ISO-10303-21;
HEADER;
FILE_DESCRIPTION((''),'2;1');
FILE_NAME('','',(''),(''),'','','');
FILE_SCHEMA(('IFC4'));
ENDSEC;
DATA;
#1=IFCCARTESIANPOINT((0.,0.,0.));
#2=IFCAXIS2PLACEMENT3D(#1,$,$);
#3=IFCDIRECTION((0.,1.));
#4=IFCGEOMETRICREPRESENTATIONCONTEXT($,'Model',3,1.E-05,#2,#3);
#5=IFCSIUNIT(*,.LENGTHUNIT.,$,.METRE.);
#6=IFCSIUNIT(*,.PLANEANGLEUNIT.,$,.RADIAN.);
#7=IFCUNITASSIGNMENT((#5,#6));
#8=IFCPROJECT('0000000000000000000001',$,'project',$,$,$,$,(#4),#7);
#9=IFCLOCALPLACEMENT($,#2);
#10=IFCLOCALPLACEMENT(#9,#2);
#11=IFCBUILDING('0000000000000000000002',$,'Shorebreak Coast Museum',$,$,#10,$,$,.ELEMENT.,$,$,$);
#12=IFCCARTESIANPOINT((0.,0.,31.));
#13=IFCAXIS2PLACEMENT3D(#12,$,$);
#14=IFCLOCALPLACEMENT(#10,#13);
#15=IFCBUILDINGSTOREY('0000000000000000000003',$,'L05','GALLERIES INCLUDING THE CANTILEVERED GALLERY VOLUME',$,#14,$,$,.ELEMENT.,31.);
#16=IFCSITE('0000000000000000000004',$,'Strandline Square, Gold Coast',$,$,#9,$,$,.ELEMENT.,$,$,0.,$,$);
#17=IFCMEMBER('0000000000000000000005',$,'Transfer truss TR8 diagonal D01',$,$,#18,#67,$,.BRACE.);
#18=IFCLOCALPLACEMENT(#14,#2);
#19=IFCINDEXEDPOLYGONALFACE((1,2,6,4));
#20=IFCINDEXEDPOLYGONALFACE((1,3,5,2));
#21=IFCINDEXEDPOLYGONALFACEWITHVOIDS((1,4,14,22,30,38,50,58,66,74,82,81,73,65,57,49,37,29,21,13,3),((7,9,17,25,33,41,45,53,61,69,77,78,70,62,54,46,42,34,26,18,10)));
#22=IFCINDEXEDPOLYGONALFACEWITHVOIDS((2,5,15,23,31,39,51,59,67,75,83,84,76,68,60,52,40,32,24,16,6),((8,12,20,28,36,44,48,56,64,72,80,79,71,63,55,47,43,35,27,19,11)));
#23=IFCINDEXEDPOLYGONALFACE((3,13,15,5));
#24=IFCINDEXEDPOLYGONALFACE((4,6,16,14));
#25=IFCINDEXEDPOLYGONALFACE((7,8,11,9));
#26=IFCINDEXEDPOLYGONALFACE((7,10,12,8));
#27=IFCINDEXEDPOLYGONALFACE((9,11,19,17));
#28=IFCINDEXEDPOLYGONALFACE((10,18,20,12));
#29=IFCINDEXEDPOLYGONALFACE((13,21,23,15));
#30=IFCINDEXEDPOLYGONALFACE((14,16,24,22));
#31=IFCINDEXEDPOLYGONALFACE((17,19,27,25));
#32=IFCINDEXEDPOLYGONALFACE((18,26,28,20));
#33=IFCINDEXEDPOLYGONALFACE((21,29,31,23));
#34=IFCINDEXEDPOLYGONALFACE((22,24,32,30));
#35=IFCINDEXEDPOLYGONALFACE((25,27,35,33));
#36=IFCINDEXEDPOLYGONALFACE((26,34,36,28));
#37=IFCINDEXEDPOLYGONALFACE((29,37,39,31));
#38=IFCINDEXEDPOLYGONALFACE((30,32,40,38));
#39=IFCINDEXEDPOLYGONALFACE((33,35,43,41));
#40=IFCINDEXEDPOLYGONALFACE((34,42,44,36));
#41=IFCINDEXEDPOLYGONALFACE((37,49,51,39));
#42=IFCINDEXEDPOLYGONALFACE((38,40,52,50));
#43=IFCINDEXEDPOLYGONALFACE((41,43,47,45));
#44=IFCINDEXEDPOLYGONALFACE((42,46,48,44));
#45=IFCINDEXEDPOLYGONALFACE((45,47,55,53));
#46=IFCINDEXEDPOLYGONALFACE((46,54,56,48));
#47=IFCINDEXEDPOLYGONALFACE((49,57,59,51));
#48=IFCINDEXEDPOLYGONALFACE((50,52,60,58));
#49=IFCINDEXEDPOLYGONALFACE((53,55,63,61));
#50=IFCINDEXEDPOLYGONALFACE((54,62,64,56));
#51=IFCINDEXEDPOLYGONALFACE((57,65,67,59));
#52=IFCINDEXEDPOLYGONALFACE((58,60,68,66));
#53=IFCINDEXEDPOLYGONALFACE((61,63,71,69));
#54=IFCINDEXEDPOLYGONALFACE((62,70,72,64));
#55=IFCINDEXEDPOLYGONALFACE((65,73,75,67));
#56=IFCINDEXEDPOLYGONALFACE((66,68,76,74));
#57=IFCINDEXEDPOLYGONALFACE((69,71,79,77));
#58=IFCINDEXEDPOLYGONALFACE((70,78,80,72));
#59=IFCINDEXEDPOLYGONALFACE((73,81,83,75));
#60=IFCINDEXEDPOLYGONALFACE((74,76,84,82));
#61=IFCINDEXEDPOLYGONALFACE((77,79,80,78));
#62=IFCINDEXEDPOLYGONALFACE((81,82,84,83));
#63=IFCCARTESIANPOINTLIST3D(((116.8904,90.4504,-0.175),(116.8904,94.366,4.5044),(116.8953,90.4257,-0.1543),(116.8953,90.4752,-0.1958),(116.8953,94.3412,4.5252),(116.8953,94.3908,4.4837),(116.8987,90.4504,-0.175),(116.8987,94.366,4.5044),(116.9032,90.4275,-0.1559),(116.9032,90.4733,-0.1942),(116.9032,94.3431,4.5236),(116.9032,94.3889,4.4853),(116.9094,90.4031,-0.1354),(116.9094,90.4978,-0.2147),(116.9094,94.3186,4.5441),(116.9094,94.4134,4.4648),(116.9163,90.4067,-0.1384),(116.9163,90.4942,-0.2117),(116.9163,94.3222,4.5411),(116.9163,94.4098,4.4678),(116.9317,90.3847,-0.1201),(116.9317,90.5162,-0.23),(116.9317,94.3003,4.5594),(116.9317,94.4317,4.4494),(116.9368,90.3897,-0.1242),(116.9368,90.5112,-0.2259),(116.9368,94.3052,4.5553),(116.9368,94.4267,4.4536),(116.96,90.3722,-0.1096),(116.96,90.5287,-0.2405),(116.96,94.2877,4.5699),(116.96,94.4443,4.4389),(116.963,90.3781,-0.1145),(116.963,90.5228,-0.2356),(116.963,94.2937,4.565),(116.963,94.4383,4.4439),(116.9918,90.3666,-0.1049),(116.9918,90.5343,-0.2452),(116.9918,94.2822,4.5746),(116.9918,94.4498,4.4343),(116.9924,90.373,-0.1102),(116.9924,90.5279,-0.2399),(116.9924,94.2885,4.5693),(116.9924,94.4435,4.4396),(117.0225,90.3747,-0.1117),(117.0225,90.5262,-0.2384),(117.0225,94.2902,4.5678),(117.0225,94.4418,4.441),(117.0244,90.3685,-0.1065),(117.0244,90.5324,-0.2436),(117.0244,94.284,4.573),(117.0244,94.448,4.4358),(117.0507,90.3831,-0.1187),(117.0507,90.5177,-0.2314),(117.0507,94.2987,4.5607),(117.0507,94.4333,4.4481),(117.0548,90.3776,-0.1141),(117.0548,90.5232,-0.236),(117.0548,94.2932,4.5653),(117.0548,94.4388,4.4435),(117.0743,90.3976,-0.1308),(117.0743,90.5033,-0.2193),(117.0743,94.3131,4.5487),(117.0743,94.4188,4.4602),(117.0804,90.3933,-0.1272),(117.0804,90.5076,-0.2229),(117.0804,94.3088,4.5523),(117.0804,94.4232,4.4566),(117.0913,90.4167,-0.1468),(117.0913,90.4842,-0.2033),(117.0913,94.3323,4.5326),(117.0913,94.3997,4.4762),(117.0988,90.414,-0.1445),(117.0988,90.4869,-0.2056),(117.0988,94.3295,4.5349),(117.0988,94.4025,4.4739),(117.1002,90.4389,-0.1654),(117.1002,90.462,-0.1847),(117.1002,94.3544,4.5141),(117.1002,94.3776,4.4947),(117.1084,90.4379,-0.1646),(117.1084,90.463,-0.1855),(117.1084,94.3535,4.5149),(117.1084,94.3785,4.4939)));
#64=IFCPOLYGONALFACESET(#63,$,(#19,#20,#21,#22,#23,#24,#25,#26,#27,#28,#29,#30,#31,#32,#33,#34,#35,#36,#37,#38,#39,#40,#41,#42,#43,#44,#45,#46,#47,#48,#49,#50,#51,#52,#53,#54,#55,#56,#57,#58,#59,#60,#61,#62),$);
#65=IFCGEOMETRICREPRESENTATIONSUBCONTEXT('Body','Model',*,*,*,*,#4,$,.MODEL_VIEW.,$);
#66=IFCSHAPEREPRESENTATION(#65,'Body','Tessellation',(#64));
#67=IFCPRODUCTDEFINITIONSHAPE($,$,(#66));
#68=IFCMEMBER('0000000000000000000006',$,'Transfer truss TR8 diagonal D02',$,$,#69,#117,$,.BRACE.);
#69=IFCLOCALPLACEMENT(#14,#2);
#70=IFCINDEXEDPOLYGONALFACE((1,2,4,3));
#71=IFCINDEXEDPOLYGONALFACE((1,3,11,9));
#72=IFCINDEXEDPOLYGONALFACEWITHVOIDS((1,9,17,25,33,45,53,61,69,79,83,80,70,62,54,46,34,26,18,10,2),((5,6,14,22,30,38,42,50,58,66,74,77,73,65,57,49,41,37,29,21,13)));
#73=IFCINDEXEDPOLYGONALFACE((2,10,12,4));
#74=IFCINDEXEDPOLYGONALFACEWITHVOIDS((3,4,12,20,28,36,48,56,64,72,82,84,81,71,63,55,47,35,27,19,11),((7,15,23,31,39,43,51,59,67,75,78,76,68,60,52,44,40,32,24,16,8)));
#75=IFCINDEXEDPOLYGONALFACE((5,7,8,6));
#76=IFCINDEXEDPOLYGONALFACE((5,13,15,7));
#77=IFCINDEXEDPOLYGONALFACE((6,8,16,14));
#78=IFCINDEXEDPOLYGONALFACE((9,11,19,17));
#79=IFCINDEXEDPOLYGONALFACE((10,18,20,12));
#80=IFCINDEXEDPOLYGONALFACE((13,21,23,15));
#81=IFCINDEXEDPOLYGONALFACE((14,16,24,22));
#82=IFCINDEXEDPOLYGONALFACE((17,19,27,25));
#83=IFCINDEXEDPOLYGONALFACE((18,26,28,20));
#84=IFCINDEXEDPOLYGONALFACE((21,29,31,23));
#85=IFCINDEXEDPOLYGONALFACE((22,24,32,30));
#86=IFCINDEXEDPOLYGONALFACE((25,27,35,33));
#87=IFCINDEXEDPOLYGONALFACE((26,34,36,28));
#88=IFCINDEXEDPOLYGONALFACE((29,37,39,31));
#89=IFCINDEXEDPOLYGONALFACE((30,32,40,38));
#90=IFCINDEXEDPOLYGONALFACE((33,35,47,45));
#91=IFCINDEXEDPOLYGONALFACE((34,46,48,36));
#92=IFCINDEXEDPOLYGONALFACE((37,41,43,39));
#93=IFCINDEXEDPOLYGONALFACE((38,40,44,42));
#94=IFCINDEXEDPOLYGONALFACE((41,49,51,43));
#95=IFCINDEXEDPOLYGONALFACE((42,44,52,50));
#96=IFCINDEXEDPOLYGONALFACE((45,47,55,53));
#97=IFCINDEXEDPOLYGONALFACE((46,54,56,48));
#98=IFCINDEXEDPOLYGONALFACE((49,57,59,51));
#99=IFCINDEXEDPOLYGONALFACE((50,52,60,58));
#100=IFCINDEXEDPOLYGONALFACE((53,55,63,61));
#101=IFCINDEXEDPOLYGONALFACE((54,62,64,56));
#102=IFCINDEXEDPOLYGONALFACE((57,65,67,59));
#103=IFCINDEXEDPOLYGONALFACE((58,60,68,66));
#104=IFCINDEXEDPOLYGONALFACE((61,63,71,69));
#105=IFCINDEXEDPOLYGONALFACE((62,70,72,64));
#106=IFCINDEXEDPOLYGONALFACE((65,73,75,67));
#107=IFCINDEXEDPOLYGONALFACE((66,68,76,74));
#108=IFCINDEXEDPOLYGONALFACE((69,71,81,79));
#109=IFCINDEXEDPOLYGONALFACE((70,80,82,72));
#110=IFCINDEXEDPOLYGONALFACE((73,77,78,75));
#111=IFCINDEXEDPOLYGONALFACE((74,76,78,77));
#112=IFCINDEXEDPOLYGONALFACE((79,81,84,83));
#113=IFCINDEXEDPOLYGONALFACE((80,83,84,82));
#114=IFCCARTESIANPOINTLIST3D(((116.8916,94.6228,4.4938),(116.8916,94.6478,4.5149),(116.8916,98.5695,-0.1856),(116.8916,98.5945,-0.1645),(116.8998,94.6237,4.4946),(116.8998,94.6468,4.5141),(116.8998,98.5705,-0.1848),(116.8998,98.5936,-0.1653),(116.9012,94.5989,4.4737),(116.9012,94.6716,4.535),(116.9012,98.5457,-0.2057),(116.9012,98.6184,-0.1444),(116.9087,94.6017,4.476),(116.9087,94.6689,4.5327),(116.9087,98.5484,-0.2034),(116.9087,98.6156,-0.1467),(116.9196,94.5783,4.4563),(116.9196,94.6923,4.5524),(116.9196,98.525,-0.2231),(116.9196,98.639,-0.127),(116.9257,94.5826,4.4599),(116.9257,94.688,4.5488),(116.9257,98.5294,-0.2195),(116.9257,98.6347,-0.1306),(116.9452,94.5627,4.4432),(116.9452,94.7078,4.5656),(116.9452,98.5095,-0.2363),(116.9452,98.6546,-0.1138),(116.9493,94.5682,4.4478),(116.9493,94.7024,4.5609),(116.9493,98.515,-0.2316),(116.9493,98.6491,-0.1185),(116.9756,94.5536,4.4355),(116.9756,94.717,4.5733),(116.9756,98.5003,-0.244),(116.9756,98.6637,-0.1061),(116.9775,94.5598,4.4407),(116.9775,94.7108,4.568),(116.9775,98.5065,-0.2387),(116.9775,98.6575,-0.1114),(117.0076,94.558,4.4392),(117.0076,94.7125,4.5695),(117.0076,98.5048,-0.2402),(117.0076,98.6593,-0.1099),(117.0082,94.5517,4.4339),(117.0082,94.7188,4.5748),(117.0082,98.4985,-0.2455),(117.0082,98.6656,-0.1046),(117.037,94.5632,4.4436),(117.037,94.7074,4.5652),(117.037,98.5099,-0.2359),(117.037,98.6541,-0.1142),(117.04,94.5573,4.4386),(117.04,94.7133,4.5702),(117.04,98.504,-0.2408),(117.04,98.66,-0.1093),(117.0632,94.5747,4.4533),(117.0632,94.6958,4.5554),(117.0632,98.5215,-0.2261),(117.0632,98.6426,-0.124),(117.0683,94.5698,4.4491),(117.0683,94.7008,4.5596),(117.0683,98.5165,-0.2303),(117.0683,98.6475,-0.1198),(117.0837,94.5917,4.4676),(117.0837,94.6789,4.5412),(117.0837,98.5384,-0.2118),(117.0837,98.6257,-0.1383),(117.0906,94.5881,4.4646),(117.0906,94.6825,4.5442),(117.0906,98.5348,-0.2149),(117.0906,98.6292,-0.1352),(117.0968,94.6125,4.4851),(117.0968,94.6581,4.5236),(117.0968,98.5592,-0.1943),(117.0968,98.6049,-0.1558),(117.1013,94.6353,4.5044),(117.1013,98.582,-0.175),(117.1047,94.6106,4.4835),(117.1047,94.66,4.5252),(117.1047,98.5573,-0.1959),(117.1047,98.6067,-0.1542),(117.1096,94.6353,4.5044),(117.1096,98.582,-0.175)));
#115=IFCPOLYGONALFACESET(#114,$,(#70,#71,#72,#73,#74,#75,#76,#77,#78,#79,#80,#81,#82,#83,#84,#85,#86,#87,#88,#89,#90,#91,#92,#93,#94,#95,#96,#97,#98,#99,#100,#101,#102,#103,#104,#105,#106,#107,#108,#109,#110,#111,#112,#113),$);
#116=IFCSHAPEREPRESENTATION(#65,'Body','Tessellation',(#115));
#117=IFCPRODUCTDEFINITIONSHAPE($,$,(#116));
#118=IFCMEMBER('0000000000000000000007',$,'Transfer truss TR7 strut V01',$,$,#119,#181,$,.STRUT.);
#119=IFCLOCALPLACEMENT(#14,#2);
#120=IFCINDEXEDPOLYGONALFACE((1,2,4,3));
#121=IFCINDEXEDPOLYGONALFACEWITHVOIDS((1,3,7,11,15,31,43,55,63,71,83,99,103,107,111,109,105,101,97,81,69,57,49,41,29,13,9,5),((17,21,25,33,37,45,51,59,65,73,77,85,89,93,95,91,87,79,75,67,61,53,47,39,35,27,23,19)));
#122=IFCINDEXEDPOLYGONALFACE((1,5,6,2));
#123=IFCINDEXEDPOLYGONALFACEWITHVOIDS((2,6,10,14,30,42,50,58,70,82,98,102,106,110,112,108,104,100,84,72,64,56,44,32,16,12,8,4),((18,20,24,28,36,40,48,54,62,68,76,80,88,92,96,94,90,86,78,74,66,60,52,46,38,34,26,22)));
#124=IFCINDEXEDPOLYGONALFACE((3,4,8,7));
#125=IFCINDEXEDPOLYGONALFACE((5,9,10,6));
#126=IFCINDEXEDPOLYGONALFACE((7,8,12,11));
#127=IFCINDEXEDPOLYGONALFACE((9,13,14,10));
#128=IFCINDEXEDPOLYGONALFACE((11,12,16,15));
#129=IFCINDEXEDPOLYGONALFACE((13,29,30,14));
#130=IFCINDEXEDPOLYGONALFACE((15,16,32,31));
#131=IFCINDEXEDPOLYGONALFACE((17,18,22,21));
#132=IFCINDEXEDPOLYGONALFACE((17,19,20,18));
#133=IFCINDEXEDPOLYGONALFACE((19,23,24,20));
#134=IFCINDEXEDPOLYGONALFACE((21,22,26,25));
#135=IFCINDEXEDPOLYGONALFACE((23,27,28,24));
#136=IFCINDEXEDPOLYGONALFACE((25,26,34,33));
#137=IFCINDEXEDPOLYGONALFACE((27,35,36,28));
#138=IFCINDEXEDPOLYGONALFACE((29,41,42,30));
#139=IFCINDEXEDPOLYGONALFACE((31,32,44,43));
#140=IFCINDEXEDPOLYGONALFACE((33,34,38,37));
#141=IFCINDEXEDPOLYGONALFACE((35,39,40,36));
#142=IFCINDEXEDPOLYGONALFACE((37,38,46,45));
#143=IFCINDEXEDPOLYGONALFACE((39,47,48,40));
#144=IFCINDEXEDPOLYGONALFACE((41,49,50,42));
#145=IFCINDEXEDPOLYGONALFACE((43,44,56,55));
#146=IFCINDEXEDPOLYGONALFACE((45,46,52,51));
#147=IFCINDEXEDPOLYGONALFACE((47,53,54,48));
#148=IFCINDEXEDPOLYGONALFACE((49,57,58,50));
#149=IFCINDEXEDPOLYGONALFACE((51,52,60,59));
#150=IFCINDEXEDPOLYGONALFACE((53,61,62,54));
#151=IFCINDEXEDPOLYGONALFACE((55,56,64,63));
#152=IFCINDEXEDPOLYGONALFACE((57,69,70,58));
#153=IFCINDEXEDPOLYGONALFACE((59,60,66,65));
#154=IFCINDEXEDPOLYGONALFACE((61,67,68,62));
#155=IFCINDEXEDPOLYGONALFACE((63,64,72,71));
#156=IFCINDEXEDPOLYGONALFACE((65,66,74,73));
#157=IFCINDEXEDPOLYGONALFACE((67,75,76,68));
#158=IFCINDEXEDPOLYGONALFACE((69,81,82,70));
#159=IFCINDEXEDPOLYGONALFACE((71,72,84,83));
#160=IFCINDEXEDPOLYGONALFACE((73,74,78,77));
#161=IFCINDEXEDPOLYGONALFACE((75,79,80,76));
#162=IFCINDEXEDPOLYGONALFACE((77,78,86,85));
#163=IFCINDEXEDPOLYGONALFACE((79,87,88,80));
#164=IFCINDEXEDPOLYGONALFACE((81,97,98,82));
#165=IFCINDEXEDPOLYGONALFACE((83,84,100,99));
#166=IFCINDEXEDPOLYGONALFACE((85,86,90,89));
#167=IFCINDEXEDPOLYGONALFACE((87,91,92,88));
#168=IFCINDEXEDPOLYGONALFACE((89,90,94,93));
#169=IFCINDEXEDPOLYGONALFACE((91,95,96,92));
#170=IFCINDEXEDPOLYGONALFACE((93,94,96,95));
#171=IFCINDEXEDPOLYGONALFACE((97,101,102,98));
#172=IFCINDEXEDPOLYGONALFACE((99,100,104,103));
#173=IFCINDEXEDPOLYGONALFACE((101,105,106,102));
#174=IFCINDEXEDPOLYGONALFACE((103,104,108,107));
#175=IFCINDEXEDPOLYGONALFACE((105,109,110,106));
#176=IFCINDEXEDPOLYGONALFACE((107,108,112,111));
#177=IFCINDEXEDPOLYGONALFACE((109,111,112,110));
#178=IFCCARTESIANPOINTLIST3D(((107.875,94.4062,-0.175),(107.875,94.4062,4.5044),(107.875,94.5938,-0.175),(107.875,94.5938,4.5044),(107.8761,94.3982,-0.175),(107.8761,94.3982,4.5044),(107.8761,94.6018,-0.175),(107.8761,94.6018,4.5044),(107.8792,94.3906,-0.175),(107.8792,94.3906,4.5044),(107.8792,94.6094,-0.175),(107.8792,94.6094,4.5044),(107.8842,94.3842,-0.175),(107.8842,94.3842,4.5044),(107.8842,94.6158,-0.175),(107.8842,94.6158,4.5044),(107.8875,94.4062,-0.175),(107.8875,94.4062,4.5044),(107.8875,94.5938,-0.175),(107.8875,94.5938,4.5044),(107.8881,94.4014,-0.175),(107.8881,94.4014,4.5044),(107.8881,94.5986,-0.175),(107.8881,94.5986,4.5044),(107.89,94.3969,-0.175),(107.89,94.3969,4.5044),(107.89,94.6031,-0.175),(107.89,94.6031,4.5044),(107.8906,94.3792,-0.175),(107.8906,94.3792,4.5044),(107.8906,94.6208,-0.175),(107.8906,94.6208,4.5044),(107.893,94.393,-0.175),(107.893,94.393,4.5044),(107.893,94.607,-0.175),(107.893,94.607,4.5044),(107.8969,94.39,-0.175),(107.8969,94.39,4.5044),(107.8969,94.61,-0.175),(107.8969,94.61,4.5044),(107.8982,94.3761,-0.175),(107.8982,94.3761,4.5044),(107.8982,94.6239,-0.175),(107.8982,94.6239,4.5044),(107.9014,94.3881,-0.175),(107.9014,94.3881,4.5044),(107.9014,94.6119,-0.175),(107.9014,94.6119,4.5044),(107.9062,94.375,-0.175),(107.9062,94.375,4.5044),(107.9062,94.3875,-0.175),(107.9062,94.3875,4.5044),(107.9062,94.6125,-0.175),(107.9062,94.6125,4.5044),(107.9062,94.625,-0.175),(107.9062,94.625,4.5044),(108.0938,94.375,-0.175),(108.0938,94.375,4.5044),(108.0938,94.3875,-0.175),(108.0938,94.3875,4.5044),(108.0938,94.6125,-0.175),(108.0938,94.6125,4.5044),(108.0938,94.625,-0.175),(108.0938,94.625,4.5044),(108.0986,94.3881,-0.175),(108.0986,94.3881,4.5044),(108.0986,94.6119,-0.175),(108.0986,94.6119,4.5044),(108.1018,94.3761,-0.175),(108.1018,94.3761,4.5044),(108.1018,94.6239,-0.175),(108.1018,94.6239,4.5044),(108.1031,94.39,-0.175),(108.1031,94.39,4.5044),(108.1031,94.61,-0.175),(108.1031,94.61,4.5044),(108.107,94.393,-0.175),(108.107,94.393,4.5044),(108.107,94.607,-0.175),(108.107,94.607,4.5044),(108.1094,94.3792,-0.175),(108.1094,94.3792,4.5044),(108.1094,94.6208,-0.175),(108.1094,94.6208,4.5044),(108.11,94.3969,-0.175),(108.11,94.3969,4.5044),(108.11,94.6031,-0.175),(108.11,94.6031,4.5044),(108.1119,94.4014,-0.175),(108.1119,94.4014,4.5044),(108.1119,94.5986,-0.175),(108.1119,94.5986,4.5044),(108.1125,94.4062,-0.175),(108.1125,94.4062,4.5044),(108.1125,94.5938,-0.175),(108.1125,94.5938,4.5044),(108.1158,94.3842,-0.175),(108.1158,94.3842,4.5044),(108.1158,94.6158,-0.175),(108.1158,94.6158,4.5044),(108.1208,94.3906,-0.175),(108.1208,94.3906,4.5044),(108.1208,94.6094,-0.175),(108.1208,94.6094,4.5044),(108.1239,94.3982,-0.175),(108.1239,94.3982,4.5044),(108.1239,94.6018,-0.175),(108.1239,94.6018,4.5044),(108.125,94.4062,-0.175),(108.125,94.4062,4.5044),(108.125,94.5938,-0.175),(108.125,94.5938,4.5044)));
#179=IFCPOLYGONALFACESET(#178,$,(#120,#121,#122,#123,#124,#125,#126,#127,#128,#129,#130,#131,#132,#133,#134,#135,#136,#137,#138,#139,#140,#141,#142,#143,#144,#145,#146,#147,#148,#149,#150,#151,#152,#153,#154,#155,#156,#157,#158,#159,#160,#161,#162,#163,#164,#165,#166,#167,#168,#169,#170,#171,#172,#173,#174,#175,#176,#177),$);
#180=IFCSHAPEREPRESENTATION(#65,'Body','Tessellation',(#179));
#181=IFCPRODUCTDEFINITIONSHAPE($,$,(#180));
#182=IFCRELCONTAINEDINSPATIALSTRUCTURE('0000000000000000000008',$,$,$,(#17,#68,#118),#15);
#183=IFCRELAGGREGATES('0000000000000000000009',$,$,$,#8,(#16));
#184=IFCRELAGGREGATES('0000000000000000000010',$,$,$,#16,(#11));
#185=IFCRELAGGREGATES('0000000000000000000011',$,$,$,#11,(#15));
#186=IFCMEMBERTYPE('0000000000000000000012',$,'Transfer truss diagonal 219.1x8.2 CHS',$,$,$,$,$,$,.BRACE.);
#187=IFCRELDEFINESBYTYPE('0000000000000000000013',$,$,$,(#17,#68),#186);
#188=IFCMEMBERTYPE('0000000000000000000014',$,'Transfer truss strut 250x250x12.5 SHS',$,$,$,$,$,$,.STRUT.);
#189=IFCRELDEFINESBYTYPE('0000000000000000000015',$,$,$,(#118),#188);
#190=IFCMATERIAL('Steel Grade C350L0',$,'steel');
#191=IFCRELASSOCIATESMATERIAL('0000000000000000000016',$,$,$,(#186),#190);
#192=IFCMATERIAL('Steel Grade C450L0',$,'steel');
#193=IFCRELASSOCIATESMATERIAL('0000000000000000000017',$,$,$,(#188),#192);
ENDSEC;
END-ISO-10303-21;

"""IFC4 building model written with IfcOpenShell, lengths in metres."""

from ifc_helpers import new_model, si_unit, direction, frame, origin, origin_2d, place, context, subcontext, project, spatial, hollow_rectangle, hollow_circle, extrude, material, material_profile, profile_set, type_object, element, save


model = new_model("IFC4")

# Units and contexts
model_context = context("Model", 3, precision=1e-05, world=origin(), true_north=direction((0.0, 1.0)))
body_context = subcontext(model_context, "Body", "Model", "MODEL_VIEW")
ifc_project = project(units=[si_unit("LENGTHUNIT", "METRE"), si_unit("PLANEANGLEUNIT", "RADIAN")], contexts=[model_context])

# Site, building, storey
site_placement = place(None, origin())
site = spatial("IfcSite", under=ifc_project, at=site_placement, Name="Strandline Square, Gold Coast", CompositionType="ELEMENT", RefElevation=0.0)
building_placement = place(site_placement, origin())
building = spatial("IfcBuilding", under=site, at=building_placement, Name="Shorebreak Coast Museum", CompositionType="ELEMENT")
storey_placement = place(building_placement, frame((0.0, 0.0, 31.0)))
storey = spatial("IfcBuildingStorey", under=building, at=storey_placement, Name="L05", Description="GALLERIES INCLUDING THE CANTILEVERED GALLERY VOLUME", CompositionType="ELEMENT", Elevation=31.0)

# Members
ifc_material_1 = material(Name="Steel Grade C350L0", Category="steel")
ifc_material_profile_1 = material_profile(ifc_material_1, hollow_circle(Radius=0.1096, WallThickness=0.0083, at=origin_2d()), Name="219.1x8.2 CHS")
ifc_profile_set_1 = profile_set([ifc_material_profile_1], Name="Steel Grade C350L0")
member_type_1 = type_object("IfcMemberType", Name="Transfer truss diagonal 219.1x8.2 CHS", PredefinedType="BRACE", material=ifc_profile_set_1)
member_1_placement = place(storey_placement, frame((117.0, 90.4504, -0.175), z_axis=(0.0, 0.64173, 0.766931), x_axis=(-1.0, 0.0, 0.0)))
element("IfcMember", 1, at=member_1_placement, inside=storey, type_object=member_type_1, Name="Transfer truss TR8 diagonal D01", PredefinedType="BRACE", context=body_context, shape_type="SweptSolid", body=[
    extrude(hollow_circle(Radius=0.1096, WallThickness=0.0083, at=origin_2d()), origin(), (0.0, 0.0, 1.0), 6.1016),
])
member_2_placement = place(storey_placement, frame((117.0, 98.582, -0.175), z_axis=(0.0, -0.644728, 0.764412), x_axis=(1.0, 0.0, 0.0)))
element("IfcMember", 2, at=member_2_placement, inside=storey, type_object=member_type_1, Name="Transfer truss TR8 diagonal D02", PredefinedType="BRACE", context=body_context, shape_type="SweptSolid", body=[
    extrude(hollow_circle(Radius=0.1096, WallThickness=0.0083, at=origin_2d()), origin(), (0.0, 0.0, 1.0), 6.1216),
])
ifc_material_2 = material(Name="Steel Grade C450L0", Category="steel")
ifc_material_profile_2 = material_profile(ifc_material_2, hollow_rectangle(XDim=0.25, YDim=0.25, WallThickness=0.0125, InnerFilletRadius=0.0188, OuterFilletRadius=0.0312, at=origin_2d()), Name="250x250x12.5 SHS")
ifc_profile_set_2 = profile_set([ifc_material_profile_2], Name="Steel Grade C450L0")
member_type_2 = type_object("IfcMemberType", Name="Transfer truss strut 250x250x12.5 SHS", PredefinedType="STRUT", material=ifc_profile_set_2)
for number, where, z_axis, x_axis, name in (
    (3, (108.0, 94.5, -0.175), (0.0, 0.0, 1.0), (1.0, 0.0, 0.0), "Transfer truss TR7 strut V01"),
):
    element("IfcMember", number, at=place(storey_placement, frame(where, z_axis=z_axis, x_axis=x_axis)), inside=storey, type_object=member_type_2, Name=name, PredefinedType="STRUT", context=body_context, shape_type="SweptSolid", body=[
        extrude(hollow_rectangle(XDim=0.25, YDim=0.25, WallThickness=0.0125, InnerFilletRadius=0.0188, OuterFilletRadius=0.0312, at=origin_2d()), origin(), (0.0, 0.0, 1.0), 4.6794),
    ])

save(model, "model.ifc")
